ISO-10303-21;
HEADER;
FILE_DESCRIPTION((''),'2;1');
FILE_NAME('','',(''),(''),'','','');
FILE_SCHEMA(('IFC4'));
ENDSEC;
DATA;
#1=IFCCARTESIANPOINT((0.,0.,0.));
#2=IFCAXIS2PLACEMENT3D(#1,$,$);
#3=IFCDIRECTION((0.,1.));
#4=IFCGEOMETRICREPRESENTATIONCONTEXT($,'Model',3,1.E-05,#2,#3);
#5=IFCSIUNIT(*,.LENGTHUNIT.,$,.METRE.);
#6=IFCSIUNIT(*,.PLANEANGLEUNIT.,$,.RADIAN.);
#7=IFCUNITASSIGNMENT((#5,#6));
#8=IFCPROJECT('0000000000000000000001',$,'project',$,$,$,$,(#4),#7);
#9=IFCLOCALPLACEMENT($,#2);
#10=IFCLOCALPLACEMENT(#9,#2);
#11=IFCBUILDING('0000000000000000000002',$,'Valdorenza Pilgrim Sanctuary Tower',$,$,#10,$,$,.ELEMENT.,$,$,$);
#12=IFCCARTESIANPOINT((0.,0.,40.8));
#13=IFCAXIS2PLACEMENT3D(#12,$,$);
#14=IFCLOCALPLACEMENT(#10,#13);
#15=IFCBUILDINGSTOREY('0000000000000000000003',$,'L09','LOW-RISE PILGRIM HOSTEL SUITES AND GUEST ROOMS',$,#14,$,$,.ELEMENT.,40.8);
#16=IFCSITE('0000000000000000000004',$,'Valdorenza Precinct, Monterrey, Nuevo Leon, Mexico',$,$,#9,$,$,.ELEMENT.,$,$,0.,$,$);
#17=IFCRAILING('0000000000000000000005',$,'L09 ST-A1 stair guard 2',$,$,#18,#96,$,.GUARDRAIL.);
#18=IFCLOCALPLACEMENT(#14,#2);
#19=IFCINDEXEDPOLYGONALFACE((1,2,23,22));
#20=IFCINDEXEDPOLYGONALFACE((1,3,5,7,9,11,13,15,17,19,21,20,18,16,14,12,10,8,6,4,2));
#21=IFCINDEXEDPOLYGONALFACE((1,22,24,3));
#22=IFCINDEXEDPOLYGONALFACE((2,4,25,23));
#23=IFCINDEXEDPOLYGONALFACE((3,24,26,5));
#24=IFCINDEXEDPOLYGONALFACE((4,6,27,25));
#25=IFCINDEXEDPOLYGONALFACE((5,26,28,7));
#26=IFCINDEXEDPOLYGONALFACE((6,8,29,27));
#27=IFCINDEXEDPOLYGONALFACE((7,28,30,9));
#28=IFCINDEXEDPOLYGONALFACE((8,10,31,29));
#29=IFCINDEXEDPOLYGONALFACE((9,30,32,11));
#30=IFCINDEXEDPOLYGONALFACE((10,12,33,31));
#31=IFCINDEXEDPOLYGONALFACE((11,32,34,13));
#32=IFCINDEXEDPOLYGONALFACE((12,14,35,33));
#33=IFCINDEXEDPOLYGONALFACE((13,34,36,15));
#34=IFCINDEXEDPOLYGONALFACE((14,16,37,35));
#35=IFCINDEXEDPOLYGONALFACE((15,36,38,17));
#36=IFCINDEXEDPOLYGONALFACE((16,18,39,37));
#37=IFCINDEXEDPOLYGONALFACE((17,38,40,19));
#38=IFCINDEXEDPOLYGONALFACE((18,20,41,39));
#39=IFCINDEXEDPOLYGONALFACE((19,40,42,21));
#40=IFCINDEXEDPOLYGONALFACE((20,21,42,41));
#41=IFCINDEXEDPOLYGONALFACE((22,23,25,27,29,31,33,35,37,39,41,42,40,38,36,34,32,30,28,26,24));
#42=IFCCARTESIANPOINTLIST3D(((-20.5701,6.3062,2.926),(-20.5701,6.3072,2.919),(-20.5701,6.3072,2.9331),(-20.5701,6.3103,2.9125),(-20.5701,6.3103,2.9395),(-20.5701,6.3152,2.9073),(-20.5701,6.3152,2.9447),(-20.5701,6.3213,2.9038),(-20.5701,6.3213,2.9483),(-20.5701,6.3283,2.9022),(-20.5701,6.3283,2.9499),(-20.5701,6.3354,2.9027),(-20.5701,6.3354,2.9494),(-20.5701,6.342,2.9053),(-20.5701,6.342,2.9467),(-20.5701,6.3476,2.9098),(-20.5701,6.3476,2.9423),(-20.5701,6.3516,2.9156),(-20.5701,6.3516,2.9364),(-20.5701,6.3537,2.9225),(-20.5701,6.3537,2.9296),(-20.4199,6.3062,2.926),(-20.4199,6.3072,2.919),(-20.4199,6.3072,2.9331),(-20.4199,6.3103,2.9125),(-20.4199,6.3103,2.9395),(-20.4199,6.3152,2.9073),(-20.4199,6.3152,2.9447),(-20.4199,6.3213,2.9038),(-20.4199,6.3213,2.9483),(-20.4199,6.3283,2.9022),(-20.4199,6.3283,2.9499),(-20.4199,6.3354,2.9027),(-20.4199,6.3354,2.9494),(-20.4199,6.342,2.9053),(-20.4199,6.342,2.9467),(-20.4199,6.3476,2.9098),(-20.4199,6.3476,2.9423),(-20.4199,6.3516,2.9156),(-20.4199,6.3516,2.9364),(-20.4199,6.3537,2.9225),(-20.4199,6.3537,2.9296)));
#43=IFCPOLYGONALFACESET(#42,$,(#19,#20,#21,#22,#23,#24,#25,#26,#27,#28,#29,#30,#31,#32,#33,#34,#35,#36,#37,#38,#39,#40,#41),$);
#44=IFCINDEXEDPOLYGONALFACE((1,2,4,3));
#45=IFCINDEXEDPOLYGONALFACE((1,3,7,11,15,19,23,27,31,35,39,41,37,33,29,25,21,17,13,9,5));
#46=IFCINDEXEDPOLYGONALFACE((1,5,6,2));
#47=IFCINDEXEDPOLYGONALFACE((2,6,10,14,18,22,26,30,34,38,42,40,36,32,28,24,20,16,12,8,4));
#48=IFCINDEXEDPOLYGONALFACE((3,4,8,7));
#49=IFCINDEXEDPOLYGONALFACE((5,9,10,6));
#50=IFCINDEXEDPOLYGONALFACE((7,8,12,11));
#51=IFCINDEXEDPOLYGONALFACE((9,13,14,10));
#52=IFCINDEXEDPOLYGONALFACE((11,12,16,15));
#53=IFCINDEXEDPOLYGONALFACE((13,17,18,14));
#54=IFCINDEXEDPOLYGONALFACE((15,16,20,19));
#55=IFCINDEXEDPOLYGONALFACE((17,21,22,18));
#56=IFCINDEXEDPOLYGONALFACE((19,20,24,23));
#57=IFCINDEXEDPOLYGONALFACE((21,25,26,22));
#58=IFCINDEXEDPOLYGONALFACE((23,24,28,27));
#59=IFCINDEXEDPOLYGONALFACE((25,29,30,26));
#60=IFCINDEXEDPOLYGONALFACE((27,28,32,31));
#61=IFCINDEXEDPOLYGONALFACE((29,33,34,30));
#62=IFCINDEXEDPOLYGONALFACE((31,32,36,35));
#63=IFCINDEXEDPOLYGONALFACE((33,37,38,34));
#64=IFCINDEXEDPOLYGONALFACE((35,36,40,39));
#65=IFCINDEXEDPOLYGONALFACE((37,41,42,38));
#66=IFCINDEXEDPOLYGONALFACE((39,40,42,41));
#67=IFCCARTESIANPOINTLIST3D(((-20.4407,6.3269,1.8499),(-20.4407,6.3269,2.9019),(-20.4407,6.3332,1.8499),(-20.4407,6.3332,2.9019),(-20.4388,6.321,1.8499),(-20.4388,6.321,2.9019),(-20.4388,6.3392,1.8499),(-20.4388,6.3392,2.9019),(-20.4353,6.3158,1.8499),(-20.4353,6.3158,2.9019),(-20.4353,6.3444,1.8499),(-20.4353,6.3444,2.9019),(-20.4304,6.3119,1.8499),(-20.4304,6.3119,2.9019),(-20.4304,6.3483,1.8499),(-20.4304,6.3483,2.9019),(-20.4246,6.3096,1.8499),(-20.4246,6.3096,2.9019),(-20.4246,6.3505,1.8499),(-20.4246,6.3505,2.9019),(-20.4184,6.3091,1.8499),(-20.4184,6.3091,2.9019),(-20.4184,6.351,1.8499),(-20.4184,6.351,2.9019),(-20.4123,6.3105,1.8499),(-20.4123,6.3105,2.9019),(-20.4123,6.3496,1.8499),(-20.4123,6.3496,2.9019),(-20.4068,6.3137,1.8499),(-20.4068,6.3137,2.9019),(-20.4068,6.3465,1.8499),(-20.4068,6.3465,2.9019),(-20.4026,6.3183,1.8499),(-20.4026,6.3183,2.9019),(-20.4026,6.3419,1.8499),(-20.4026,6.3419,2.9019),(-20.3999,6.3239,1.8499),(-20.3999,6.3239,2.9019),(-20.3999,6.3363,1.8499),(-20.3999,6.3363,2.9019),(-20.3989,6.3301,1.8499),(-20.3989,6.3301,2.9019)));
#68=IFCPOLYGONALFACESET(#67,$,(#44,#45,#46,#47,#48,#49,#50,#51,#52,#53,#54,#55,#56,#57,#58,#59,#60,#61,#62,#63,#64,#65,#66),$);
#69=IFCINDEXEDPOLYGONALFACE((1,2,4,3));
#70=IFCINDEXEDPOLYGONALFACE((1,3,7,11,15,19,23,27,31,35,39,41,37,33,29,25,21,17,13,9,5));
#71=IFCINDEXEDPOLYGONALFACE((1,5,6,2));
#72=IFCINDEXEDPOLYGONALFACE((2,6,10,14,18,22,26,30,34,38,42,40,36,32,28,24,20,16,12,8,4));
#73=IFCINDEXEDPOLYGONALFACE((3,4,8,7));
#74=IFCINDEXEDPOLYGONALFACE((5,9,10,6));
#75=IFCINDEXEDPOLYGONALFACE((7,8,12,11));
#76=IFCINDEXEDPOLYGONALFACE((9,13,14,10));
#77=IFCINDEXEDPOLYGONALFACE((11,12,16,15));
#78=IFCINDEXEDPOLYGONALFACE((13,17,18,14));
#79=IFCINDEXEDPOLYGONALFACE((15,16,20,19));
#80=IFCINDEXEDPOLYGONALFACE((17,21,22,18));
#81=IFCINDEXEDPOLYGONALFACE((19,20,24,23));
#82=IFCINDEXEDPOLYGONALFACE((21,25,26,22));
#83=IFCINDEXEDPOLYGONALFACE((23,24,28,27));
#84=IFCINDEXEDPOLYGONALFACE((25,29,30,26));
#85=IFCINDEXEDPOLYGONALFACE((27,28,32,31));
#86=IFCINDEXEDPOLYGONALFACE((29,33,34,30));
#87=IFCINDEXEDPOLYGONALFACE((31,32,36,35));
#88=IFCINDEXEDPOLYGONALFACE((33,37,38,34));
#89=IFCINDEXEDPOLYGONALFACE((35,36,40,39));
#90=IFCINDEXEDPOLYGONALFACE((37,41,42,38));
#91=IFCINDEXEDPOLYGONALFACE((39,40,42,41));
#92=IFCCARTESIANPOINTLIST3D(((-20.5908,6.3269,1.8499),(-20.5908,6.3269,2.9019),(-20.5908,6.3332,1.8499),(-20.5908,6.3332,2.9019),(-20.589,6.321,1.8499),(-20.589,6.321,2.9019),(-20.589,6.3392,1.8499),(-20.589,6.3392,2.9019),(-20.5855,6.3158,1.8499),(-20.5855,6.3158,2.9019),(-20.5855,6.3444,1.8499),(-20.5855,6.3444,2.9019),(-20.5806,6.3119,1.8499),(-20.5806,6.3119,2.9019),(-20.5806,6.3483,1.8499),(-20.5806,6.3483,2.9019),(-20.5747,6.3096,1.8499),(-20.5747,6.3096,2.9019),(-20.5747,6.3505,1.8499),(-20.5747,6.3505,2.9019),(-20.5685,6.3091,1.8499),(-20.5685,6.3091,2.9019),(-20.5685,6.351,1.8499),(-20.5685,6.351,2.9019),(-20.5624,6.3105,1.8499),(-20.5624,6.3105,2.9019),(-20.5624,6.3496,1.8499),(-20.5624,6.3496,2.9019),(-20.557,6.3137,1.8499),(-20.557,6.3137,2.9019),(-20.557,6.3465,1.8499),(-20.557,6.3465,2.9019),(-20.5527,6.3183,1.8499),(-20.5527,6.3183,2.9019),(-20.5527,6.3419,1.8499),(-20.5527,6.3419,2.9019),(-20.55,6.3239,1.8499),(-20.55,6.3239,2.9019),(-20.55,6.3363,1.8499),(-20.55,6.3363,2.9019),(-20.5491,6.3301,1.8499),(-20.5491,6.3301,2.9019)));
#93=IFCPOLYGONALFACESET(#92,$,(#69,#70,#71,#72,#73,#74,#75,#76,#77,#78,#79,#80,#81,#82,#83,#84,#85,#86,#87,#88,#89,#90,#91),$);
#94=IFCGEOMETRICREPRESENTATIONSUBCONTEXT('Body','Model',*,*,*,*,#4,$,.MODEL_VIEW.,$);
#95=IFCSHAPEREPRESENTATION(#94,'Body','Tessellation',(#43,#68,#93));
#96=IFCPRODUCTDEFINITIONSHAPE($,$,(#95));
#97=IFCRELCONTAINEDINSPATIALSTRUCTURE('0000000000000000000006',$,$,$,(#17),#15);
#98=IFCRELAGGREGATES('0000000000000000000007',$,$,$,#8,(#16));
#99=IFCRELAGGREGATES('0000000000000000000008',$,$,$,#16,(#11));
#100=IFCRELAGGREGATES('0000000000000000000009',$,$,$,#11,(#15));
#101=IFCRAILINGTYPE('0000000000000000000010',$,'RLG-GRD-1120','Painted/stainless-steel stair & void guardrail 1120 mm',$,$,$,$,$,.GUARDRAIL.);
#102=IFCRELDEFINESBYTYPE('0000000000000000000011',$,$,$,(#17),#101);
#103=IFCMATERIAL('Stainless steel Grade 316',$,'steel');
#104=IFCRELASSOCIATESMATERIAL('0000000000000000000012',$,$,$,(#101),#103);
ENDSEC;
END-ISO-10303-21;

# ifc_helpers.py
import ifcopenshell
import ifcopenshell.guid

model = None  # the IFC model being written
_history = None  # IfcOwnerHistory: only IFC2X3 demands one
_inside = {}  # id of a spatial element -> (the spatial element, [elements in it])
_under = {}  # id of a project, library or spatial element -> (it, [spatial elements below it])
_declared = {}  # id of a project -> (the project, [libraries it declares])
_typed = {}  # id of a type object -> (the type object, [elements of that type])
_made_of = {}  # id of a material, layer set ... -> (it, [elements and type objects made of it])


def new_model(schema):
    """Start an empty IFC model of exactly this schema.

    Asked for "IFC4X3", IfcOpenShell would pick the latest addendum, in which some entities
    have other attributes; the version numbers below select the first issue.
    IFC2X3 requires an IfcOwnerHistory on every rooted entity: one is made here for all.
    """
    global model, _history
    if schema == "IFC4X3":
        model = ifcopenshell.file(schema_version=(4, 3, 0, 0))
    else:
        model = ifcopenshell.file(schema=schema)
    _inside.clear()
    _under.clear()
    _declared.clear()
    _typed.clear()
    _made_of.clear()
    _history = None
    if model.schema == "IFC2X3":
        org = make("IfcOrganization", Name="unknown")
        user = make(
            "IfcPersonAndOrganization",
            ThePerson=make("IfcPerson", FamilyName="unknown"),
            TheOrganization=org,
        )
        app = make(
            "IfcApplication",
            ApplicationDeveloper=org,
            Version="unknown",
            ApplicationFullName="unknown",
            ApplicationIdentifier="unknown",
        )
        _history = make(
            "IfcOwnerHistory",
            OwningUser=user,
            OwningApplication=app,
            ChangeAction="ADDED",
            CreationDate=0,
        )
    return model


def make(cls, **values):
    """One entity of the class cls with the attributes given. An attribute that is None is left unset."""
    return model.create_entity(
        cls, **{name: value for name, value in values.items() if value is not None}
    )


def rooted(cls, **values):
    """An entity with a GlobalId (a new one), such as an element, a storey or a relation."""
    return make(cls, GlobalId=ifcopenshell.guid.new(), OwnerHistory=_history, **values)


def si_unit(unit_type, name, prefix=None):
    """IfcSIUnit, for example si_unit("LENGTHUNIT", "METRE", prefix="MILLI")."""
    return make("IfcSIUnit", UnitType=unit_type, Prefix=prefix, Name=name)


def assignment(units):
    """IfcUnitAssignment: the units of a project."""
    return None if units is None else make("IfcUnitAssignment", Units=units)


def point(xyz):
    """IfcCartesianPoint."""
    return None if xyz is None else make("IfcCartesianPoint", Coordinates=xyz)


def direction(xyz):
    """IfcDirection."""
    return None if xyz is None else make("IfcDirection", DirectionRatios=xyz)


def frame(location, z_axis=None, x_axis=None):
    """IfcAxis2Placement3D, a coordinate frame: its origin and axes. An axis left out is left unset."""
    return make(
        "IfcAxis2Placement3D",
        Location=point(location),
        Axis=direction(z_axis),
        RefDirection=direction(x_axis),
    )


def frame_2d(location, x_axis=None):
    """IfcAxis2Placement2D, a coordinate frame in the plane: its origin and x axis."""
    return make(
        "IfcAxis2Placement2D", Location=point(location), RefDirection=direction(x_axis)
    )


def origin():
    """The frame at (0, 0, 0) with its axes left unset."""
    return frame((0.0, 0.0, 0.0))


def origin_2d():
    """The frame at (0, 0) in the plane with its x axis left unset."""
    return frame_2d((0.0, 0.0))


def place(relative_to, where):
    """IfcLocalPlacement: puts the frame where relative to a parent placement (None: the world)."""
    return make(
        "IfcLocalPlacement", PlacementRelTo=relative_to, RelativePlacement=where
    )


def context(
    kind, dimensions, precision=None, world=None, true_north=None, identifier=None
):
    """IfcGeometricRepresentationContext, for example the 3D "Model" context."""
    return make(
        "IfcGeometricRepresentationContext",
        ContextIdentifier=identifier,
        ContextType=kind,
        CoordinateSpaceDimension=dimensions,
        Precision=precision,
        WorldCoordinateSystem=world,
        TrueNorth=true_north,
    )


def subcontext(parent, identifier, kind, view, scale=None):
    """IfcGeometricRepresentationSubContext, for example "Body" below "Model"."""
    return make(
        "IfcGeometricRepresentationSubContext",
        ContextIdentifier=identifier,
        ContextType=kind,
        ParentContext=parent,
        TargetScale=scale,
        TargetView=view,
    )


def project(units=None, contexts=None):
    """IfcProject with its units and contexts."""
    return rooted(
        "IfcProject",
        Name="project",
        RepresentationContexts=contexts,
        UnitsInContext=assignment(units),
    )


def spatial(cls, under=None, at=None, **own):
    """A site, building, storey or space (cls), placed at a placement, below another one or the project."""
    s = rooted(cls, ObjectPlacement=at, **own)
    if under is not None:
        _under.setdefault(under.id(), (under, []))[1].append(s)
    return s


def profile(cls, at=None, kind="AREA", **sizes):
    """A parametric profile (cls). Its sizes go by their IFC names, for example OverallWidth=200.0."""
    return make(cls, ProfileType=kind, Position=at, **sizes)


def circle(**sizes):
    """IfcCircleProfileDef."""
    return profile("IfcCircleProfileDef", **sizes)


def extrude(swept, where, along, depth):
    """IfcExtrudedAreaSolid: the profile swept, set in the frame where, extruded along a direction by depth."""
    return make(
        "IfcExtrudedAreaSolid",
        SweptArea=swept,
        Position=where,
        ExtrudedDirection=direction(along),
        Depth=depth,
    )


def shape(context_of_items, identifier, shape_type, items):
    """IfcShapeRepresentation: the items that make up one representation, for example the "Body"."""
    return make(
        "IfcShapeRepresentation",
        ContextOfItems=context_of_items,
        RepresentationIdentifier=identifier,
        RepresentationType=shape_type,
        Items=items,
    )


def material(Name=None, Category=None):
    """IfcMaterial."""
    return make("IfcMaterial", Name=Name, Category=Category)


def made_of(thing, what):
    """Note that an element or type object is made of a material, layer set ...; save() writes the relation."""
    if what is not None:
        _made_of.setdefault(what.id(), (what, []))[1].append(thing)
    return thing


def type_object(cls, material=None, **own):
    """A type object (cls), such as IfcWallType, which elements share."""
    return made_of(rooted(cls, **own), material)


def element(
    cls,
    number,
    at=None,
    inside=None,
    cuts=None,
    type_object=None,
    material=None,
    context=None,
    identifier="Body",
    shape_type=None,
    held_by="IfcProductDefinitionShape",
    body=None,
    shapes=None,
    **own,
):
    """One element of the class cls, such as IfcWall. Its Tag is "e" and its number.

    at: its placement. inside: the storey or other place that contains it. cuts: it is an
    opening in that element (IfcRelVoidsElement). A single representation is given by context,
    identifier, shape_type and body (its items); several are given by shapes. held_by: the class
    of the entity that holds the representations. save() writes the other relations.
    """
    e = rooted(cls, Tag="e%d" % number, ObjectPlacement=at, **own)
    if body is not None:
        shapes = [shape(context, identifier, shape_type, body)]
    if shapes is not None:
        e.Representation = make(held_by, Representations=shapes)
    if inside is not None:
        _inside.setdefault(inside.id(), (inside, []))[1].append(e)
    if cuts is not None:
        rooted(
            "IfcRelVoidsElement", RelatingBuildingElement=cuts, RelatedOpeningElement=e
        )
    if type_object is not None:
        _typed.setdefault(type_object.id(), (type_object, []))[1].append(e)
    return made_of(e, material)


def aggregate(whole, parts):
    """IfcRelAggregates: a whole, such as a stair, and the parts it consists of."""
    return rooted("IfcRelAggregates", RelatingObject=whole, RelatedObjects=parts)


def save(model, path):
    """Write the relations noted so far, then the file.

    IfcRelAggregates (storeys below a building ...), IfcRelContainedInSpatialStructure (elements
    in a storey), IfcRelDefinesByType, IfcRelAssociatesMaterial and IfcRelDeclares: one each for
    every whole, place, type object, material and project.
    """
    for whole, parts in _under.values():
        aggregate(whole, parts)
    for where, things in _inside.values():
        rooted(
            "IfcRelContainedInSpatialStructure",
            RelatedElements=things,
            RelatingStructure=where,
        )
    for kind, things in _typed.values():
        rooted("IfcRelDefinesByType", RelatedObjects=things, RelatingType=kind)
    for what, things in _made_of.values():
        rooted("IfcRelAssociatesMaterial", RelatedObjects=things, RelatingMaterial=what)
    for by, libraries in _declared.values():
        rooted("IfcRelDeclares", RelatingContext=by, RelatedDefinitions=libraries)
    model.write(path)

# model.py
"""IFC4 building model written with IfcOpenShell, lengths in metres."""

from ifc_helpers import new_model, si_unit, direction, frame, origin, origin_2d, place, context, subcontext, project, spatial, circle, extrude, material, type_object, element, save


model = new_model("IFC4")

# Units and contexts
model_context = context("Model", 3, precision=1e-05, world=origin(), true_north=direction((0.0, 1.0)))
body_context = subcontext(model_context, "Body", "Model", "MODEL_VIEW")
ifc_project = project(units=[si_unit("LENGTHUNIT", "METRE"), si_unit("PLANEANGLEUNIT", "RADIAN")], contexts=[model_context])

# Site, building, storey
site_placement = place(None, origin())
site = spatial("IfcSite", under=ifc_project, at=site_placement, Name="Valdorenza Precinct, Monterrey, Nuevo Leon, Mexico", CompositionType="ELEMENT", RefElevation=0.0)
building_placement = place(site_placement, origin())
building = spatial("IfcBuilding", under=site, at=building_placement, Name="Valdorenza Pilgrim Sanctuary Tower", CompositionType="ELEMENT")
storey_placement = place(building_placement, frame((0.0, 0.0, 40.8)))
storey = spatial("IfcBuildingStorey", under=building, at=storey_placement, Name="L09", Description="LOW-RISE PILGRIM HOSTEL SUITES AND GUEST ROOMS", CompositionType="ELEMENT", Elevation=40.8)

# Railing
ifc_material_1 = material(Name="Stainless steel Grade 316", Category="steel")
railing_type_1 = type_object("IfcRailingType", Name="RLG-GRD-1120", Description="Painted/stainless-steel stair & void guardrail 1120 mm", PredefinedType="GUARDRAIL", material=ifc_material_1)
railing_1_placement = place(storey_placement, frame((-20.4199, 6.3301, 1.8499)))
element("IfcRailing", 1, at=railing_1_placement, inside=storey, type_object=railing_type_1, Name="L09 ST-A1 stair guard 2", PredefinedType="GUARDRAIL", context=body_context, shape_type="SweptSolid", body=[
    extrude(circle(Radius=0.0239, at=origin_2d()), frame((0.0, 0.0, 1.0762), z_axis=(-1.0, 0.0, 0.0), x_axis=(0.0, -1.0, 0.0)), (0.0, 0.0, 1.0), 0.1501),
    extrude(circle(Radius=0.021, at=origin_2d()), origin(), (0.0, 0.0, 1.0), 1.052),
    extrude(circle(Radius=0.021, at=origin_2d()), frame((-0.1501, 0.0, 0.0)), (0.0, 0.0, 1.0), 1.052),
])

save(model, "model.ifc")
